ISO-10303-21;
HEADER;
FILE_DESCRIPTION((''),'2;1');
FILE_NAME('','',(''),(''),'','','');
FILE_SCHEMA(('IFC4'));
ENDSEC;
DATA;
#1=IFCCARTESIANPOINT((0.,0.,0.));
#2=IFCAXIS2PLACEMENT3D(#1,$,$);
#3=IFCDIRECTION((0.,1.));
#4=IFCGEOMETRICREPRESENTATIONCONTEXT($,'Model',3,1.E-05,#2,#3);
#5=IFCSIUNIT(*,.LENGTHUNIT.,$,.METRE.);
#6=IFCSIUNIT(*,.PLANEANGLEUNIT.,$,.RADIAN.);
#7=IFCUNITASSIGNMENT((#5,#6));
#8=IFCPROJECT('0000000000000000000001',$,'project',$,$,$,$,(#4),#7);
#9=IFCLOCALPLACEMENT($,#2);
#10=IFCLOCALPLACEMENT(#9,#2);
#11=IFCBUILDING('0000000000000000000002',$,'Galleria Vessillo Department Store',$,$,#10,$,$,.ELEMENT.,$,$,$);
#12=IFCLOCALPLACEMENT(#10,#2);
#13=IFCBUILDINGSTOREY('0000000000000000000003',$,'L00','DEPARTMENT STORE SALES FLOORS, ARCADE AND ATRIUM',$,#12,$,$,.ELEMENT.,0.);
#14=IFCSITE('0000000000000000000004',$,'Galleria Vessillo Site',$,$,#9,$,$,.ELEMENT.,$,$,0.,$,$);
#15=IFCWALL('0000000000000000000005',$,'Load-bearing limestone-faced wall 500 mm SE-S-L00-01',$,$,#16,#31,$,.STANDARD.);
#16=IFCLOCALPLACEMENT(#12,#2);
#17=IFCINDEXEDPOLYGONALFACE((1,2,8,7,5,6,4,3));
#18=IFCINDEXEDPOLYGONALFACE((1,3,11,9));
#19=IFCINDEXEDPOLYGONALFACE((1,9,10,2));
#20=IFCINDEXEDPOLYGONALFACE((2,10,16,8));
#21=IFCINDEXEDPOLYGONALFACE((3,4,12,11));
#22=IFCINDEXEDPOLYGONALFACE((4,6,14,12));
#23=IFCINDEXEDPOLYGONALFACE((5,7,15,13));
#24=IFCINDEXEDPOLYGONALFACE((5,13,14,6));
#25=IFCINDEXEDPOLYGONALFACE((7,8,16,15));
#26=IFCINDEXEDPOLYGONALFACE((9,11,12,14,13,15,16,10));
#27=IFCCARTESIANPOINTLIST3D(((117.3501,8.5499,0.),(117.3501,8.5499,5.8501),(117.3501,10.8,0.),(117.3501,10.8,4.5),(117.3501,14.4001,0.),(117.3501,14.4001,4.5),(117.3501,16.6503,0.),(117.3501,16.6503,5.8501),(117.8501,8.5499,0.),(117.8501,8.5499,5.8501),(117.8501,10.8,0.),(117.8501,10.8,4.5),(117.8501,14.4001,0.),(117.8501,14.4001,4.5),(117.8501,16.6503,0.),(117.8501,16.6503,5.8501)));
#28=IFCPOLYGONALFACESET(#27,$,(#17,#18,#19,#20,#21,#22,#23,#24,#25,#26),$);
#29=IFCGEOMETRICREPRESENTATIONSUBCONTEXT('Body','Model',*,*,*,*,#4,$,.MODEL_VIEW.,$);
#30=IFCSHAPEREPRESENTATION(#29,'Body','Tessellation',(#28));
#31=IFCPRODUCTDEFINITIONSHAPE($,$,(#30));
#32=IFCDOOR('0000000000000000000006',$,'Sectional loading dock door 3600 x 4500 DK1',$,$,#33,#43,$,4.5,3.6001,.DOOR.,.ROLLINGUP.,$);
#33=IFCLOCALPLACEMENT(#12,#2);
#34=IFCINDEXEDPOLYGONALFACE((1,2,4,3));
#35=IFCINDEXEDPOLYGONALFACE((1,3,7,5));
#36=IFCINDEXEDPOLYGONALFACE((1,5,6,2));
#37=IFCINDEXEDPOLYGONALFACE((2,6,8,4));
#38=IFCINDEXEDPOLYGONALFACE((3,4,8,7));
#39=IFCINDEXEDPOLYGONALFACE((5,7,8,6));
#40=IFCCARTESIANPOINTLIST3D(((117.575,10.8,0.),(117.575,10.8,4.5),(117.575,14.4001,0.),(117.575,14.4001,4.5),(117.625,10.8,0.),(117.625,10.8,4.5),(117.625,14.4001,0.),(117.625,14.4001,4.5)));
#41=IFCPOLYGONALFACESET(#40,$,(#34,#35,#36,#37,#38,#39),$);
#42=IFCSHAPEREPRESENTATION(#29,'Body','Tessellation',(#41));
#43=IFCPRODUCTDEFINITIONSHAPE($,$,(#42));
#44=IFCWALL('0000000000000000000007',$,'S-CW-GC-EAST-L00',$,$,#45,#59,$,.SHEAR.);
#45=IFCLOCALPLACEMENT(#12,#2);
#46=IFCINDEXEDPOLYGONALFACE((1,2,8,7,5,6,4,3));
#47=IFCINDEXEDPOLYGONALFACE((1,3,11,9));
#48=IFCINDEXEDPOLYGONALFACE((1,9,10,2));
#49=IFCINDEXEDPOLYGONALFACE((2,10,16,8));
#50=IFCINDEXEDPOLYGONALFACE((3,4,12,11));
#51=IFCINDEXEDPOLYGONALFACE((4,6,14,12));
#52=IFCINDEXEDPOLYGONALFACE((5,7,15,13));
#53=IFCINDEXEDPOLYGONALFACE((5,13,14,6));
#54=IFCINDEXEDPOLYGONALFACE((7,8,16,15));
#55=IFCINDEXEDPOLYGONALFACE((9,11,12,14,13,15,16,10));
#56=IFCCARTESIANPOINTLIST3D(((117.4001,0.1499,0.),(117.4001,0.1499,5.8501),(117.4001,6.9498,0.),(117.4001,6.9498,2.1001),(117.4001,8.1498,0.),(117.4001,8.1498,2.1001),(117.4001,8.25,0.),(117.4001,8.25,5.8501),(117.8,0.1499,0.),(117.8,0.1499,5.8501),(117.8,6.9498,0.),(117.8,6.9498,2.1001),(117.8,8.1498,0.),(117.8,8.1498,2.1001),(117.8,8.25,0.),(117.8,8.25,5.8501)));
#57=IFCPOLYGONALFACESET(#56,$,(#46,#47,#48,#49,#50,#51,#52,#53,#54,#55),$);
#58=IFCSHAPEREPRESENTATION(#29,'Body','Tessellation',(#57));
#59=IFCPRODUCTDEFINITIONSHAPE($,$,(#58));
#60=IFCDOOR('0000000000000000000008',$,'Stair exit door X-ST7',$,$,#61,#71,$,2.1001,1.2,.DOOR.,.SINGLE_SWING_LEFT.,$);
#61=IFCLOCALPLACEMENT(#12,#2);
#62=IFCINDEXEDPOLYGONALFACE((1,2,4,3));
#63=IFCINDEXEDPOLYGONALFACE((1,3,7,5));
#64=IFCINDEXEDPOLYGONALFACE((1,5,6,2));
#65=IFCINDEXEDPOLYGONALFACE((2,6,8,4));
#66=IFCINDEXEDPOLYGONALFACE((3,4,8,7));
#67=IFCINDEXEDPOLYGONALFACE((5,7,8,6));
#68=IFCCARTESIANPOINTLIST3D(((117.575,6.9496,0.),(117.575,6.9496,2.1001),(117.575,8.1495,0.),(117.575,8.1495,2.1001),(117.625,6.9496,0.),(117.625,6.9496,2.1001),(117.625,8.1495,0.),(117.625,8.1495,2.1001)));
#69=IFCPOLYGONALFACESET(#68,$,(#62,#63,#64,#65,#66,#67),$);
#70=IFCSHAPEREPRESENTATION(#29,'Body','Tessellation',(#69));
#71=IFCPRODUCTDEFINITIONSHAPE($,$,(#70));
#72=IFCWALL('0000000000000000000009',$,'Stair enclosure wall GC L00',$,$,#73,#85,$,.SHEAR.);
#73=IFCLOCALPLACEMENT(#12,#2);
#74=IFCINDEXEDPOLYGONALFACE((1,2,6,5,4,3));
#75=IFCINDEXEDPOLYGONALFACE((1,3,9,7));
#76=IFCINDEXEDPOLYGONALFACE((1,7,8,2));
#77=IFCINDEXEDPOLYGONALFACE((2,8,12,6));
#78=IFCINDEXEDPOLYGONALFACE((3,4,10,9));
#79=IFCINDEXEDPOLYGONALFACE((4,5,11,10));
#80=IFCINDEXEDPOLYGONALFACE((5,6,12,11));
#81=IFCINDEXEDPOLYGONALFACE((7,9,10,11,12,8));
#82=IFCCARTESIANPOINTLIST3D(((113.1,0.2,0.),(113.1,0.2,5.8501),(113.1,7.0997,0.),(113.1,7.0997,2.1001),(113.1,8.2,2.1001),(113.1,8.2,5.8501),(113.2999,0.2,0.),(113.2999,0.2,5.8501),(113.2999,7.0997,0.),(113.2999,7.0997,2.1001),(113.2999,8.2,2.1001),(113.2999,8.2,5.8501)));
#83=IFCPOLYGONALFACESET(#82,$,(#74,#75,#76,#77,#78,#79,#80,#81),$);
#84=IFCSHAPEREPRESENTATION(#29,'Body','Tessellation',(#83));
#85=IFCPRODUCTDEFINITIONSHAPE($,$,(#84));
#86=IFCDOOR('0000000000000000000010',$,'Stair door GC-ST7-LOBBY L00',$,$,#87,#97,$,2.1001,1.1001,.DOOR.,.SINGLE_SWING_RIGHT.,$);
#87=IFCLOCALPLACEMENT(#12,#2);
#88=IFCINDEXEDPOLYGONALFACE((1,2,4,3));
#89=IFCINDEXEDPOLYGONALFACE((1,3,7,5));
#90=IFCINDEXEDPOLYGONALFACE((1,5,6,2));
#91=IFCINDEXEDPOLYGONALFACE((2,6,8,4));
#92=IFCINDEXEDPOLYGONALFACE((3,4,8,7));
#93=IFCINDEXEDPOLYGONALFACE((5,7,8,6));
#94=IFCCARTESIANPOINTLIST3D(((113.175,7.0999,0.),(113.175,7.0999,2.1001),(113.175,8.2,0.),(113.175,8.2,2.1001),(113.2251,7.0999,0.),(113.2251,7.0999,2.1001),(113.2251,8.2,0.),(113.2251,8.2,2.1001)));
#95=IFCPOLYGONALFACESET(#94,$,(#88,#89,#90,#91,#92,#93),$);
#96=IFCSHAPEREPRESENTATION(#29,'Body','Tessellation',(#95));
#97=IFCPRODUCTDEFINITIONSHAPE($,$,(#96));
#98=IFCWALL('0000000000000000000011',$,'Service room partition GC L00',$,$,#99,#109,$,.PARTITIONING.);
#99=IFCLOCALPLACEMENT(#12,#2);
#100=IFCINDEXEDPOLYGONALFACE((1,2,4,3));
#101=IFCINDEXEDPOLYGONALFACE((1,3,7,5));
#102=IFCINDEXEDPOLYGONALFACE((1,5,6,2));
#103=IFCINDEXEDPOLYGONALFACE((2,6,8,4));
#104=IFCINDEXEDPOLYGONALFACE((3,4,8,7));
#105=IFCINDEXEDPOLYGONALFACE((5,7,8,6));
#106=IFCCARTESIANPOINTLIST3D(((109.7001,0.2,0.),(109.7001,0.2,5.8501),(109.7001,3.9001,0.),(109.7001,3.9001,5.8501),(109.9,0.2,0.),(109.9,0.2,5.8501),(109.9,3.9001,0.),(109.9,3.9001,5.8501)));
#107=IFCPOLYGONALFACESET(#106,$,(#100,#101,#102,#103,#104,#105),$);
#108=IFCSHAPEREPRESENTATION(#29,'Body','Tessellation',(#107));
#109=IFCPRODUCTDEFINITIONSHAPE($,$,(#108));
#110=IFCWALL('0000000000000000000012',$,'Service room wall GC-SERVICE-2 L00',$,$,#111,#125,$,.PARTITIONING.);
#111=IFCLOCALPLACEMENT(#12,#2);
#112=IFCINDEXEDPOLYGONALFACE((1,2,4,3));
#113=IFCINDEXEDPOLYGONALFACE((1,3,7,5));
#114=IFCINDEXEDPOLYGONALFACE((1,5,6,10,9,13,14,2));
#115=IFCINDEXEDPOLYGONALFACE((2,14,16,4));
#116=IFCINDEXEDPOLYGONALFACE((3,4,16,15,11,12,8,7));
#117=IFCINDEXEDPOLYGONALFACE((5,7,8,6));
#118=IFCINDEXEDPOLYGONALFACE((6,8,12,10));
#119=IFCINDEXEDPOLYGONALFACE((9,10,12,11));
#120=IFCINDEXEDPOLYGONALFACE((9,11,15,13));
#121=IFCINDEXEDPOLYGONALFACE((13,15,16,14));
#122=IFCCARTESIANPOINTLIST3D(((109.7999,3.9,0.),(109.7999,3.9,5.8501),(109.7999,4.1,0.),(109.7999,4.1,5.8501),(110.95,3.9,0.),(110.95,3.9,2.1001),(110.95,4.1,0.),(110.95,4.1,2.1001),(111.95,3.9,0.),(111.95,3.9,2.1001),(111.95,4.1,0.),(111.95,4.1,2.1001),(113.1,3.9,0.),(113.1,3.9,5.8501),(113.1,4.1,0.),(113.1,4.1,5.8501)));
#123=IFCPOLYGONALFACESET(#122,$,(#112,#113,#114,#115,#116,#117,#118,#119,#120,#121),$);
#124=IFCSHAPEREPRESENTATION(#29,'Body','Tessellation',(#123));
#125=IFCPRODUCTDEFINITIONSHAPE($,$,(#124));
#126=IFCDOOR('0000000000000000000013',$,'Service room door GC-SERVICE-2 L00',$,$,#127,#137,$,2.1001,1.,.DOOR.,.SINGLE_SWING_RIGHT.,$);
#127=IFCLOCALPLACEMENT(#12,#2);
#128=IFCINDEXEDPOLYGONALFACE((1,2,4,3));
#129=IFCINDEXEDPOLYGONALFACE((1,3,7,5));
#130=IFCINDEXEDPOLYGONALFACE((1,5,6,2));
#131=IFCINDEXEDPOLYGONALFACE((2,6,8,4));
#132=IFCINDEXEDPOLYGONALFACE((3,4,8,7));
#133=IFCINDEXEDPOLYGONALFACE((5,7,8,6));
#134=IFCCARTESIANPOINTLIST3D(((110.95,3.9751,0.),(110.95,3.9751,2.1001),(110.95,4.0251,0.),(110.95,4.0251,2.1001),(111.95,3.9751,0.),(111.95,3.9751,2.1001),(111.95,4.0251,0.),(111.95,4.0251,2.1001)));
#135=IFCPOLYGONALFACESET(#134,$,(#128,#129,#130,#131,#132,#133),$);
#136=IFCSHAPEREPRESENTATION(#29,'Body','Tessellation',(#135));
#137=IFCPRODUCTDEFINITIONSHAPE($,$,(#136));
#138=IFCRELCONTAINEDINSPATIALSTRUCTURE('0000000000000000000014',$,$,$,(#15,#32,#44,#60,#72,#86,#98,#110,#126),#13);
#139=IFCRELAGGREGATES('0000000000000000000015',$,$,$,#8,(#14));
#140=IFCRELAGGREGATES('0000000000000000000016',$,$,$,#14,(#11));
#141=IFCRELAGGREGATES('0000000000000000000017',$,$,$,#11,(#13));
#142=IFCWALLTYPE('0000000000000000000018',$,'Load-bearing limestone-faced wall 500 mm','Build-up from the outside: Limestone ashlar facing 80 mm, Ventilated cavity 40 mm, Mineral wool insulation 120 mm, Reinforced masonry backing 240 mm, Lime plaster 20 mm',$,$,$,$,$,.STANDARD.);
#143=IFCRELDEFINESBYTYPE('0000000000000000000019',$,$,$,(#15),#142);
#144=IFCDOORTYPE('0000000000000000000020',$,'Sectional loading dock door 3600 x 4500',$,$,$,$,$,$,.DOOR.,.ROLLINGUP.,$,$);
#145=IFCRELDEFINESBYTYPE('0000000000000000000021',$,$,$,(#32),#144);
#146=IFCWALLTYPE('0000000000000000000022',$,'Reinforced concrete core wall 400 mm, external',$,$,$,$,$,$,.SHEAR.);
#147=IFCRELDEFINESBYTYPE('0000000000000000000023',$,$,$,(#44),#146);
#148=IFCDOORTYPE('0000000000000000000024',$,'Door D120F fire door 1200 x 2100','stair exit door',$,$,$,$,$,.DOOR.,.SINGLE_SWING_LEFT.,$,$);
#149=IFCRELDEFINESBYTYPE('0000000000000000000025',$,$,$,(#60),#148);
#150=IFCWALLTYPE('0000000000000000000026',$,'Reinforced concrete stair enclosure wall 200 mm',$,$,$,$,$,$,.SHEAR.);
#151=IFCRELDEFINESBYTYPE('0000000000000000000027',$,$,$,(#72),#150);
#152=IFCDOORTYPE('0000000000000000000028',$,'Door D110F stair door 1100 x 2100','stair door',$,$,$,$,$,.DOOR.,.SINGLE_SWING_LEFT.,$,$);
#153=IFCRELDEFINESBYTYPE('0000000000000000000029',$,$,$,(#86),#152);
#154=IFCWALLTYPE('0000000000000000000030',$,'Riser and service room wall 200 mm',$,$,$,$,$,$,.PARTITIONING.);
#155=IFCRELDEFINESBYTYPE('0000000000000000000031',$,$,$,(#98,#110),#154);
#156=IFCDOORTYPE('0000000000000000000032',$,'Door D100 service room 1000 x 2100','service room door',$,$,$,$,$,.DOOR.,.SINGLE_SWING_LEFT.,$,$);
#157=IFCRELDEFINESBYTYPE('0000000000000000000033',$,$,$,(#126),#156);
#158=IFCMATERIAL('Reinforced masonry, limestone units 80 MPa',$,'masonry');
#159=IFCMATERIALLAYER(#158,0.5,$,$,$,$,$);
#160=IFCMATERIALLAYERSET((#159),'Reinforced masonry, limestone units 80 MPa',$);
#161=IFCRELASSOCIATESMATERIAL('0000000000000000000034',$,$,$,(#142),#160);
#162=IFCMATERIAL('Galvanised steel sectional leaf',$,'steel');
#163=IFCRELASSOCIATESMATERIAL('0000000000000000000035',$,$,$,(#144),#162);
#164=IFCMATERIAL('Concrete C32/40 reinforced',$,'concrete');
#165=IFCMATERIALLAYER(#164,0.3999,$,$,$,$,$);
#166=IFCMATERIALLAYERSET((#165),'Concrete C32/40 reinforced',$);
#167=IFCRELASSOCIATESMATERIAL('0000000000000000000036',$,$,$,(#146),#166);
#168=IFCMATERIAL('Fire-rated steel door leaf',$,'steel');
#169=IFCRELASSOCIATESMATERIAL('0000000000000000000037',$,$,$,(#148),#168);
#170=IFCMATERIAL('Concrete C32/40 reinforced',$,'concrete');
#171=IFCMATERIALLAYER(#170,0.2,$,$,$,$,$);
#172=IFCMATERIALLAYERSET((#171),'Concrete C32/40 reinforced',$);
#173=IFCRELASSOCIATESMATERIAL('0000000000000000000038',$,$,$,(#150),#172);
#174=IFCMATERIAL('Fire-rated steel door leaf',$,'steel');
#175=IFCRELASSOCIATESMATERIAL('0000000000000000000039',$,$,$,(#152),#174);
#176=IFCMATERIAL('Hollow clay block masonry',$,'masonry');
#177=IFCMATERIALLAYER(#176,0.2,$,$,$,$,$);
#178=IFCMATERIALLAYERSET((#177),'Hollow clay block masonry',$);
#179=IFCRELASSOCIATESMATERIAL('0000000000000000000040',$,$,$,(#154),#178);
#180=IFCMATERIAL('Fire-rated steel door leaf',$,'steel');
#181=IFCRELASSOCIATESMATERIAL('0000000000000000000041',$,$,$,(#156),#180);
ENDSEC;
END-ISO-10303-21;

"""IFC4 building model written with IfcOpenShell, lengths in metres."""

from ifc_helpers import new_model, si_unit, direction, frame, frame_2d, origin, place, context, subcontext, project, spatial, rectangle, extrude, material, layer, layer_set, type_object, element, fill, save


model = new_model("IFC4")

# Units and contexts
model_context = context("Model", 3, precision=1e-05, world=origin(), true_north=direction((0.0, 1.0)))
body_context = subcontext(model_context, "Body", "Model", "MODEL_VIEW")
ifc_project = project(units=[si_unit("LENGTHUNIT", "METRE"), si_unit("PLANEANGLEUNIT", "RADIAN")], contexts=[model_context])

# Site, building, storey
site_placement = place(None, origin())
site = spatial("IfcSite", under=ifc_project, at=site_placement, Name="Galleria Vessillo Site", CompositionType="ELEMENT", RefElevation=0.0)
building_placement = place(site_placement, origin())
building = spatial("IfcBuilding", under=site, at=building_placement, Name="Galleria Vessillo Department Store", CompositionType="ELEMENT")
storey_placement = place(building_placement, origin())
storey = spatial("IfcBuildingStorey", under=building, at=storey_placement, Name="L00", Description="DEPARTMENT STORE SALES FLOORS, ARCADE AND ATRIUM", CompositionType="ELEMENT", Elevation=0.0)

# Walls, openings, doors
ifc_material_1 = material(Name="Reinforced masonry, limestone units 80 MPa", Category="masonry")
ifc_layer_1 = layer(ifc_material_1, 0.5)
ifc_layer_set_1 = layer_set([ifc_layer_1], Name="Reinforced masonry, limestone units 80 MPa")
wall_type_1 = type_object("IfcWallType", Name="Load-bearing limestone-faced wall 500 mm", Description="Build-up from the outside: Limestone ashlar facing 80 mm, Ventilated cavity 40 mm, Mineral wool insulation 120 mm, Reinforced masonry backing 240 mm, Lime plaster 20 mm", PredefinedType="STANDARD", material=ifc_layer_set_1)
wall_1_placement = place(storey_placement, frame((117.6001, 8.5498, 0.0), z_axis=(0.0, 0.0, 1.0), x_axis=(0.0, 1.0, 0.0)))
wall_1 = element("IfcWall", 1, at=wall_1_placement, inside=storey, type_object=wall_type_1, Name="Load-bearing limestone-faced wall 500 mm SE-S-L00-01", PredefinedType="STANDARD", context=body_context, shape_type="SweptSolid", body=[
    extrude(rectangle(XDim=8.1003, YDim=0.5, at=frame_2d((4.0503, 0.0))), origin(), (0.0, 0.0, 1.0), 5.8501),
])
opening_1_placement = place(wall_1_placement, frame((2.2502, 0.0, 0.0)))
opening_1 = element("IfcOpeningElement", 2, at=opening_1_placement, cuts=wall_1, PredefinedType="OPENING", context=body_context, shape_type="SweptSolid", body=[
    extrude(rectangle(XDim=3.6001, YDim=4.5, at=frame_2d((1.8, 2.25))), frame((0.0, 0.26, 0.0), z_axis=(0.0, -1.0, 0.0), x_axis=(1.0, 0.0, 0.0)), (0.0, 0.0, 1.0), 0.52),
])
ifc_material_2 = material(Name="Galvanised steel sectional leaf", Category="steel")
door_type_1 = type_object("IfcDoorType", Name="Sectional loading dock door 3600 x 4500", OperationType="ROLLINGUP", PredefinedType="DOOR", material=ifc_material_2)
door_1_placement = place(opening_1_placement, frame((3.6001, 0.0, 0.0), z_axis=(0.0, 0.0, 1.0), x_axis=(-1.0, 0.0, 0.0)))
door_1 = element("IfcDoor", 3, at=door_1_placement, inside=storey, type_object=door_type_1, Name="Sectional loading dock door 3600 x 4500 DK1", OperationType="ROLLINGUP", OverallHeight=4.5, OverallWidth=3.6001, PredefinedType="DOOR", context=body_context, shape_type="SweptSolid", body=[
    extrude(rectangle(XDim=3.6001, YDim=4.5, at=frame_2d((1.8, 2.25))), frame((0.0, 0.0249, 0.0), z_axis=(0.0, -1.0, 0.0), x_axis=(1.0, 0.0, 0.0)), (0.0, 0.0, 1.0), 0.05),
])
fill(opening_1, door_1)
ifc_material_3 = material(Name="Concrete C32/40 reinforced", Category="concrete")
ifc_layer_2 = layer(ifc_material_3, 0.3999)
ifc_layer_set_2 = layer_set([ifc_layer_2], Name="Concrete C32/40 reinforced")
wall_type_2 = type_object("IfcWallType", Name="Reinforced concrete core wall 400 mm, external", PredefinedType="SHEAR", material=ifc_layer_set_2)
wall_2_placement = place(storey_placement, frame((117.6001, 0.1499, 0.0), z_axis=(0.0, 0.0, 1.0), x_axis=(0.0, 1.0, 0.0)))
wall_2 = element("IfcWall", 4, at=wall_2_placement, inside=storey, type_object=wall_type_2, Name="S-CW-GC-EAST-L00", PredefinedType="SHEAR", context=body_context, shape_type="SweptSolid", body=[
    extrude(rectangle(XDim=8.1001, YDim=0.3999, at=frame_2d((4.05, 0.0))), origin(), (0.0, 0.0, 1.0), 5.8501),
])
opening_2_placement = place(wall_2_placement, frame((6.7998, 0.0, 0.0)))
opening_2 = element("IfcOpeningElement", 5, at=opening_2_placement, cuts=wall_2, PredefinedType="OPENING", context=body_context, shape_type="SweptSolid", body=[
    extrude(rectangle(XDim=1.2, YDim=2.1001, at=frame_2d((0.6001, 1.05))), frame((0.0, 0.21, 0.0), z_axis=(0.0, -1.0, 0.0), x_axis=(1.0, 0.0, 0.0)), (0.0, 0.0, 1.0), 0.4199),
])
ifc_material_4 = material(Name="Fire-rated steel door leaf", Category="steel")
door_type_2 = type_object("IfcDoorType", Name="Door D120F fire door 1200 x 2100", Description="stair exit door", OperationType="SINGLE_SWING_LEFT", PredefinedType="DOOR", material=ifc_material_4)
door_2_placement = place(opening_2_placement, frame((1.2, 0.0, 0.0), z_axis=(0.0, 0.0, 1.0), x_axis=(-1.0, 0.0, 0.0)))
door_2 = element("IfcDoor", 6, at=door_2_placement, inside=storey, type_object=door_type_2, Name="Stair exit door X-ST7", OperationType="SINGLE_SWING_LEFT", OverallHeight=2.1001, OverallWidth=1.2, PredefinedType="DOOR", context=body_context, shape_type="SweptSolid", body=[
    extrude(rectangle(XDim=1.2, YDim=2.1001, at=frame_2d((0.6001, 1.05))), frame((0.0, 0.0249, 0.0), z_axis=(0.0, -1.0, 0.0), x_axis=(1.0, 0.0, 0.0)), (0.0, 0.0, 1.0), 0.05),
])
fill(opening_2, door_2)
ifc_material_5 = material(Name="Concrete C32/40 reinforced", Category="concrete")
ifc_layer_3 = layer(ifc_material_5, 0.2)
ifc_layer_set_3 = layer_set([ifc_layer_3], Name="Concrete C32/40 reinforced")
wall_type_3 = type_object("IfcWallType", Name="Reinforced concrete stair enclosure wall 200 mm", PredefinedType="SHEAR", material=ifc_layer_set_3)
wall_3_placement = place(storey_placement, frame((113.2, 0.2, 0.0), z_axis=(0.0, 0.0, 1.0), x_axis=(0.0, 1.0, 0.0)))
wall_3 = element("IfcWall", 7, at=wall_3_placement, inside=storey, type_object=wall_type_3, Name="Stair enclosure wall GC L00", PredefinedType="SHEAR", context=body_context, shape_type="SweptSolid", body=[
    extrude(rectangle(XDim=8.0, YDim=0.2, at=frame_2d((4.0, 0.0))), origin(), (0.0, 0.0, 1.0), 5.8501),
])
opening_3_placement = place(wall_3_placement, frame((6.8999, 0.0, 0.0)))
opening_3 = element("IfcOpeningElement", 8, at=opening_3_placement, cuts=wall_3, PredefinedType="OPENING", context=body_context, shape_type="SweptSolid", body=[
    extrude(rectangle(XDim=1.1101, YDim=2.1001, at=frame_2d((0.5549, 1.05))), frame((0.0, 0.1099, 0.0), z_axis=(0.0, -1.0, 0.0), x_axis=(1.0, 0.0, 0.0)), (0.0, 0.0, 1.0), 0.22),
])
ifc_material_6 = material(Name="Fire-rated steel door leaf", Category="steel")
door_type_3 = type_object("IfcDoorType", Name="Door D110F stair door 1100 x 2100", Description="stair door", OperationType="SINGLE_SWING_LEFT", PredefinedType="DOOR", material=ifc_material_6)
door_3_placement = place(opening_3_placement, origin())
door_3 = element("IfcDoor", 9, at=door_3_placement, inside=storey, type_object=door_type_3, Name="Stair door GC-ST7-LOBBY L00", OperationType="SINGLE_SWING_RIGHT", OverallHeight=2.1001, OverallWidth=1.1001, PredefinedType="DOOR", context=body_context, shape_type="SweptSolid", body=[
    extrude(rectangle(XDim=1.1001, YDim=2.1001, at=frame_2d((0.55, 1.05))), frame((0.0, 0.0249, 0.0), z_axis=(0.0, -1.0, 0.0), x_axis=(1.0, 0.0, 0.0)), (0.0, 0.0, 1.0), 0.05),
])
fill(opening_3, door_3)

# Wall
ifc_material_7 = material(Name="Hollow clay block masonry", Category="masonry")
ifc_layer_4 = layer(ifc_material_7, 0.2)
ifc_layer_set_4 = layer_set([ifc_layer_4], Name="Hollow clay block masonry")
wall_type_4 = type_object("IfcWallType", Name="Riser and service room wall 200 mm", PredefinedType="PARTITIONING", material=ifc_layer_set_4)
wall_4_placement = place(storey_placement, frame((109.8, 0.2, 0.0), z_axis=(0.0, 0.0, 1.0), x_axis=(0.0, 1.0, 0.0)))
element("IfcWall", 10, at=wall_4_placement, inside=storey, type_object=wall_type_4, Name="Service room partition GC L00", PredefinedType="PARTITIONING", context=body_context, shape_type="SweptSolid", body=[
    extrude(rectangle(XDim=3.7002, YDim=0.2, at=frame_2d((1.8501, 0.0))), origin(), (0.0, 0.0, 1.0), 5.8501),
])

# Wall, opening, door
wall_5_placement = place(storey_placement, frame((109.8, 4.0, 0.0), z_axis=(0.0, 0.0, 1.0), x_axis=(1.0, 0.0, 0.0)))
wall_5 = element("IfcWall", 11, at=wall_5_placement, inside=storey, type_object=wall_type_4, Name="Service room wall GC-SERVICE-2 L00", PredefinedType="PARTITIONING", context=body_context, shape_type="SweptSolid", body=[
    extrude(rectangle(XDim=3.3, YDim=0.2, at=frame_2d((1.6499, 0.0))), origin(), (0.0, 0.0, 1.0), 5.8501),
])
opening_4_placement = place(wall_5_placement, frame((1.1499, 0.0, 0.0)))
opening_4 = element("IfcOpeningElement", 12, at=opening_4_placement, cuts=wall_5, PredefinedType="OPENING", context=body_context, shape_type="SweptSolid", body=[
    extrude(rectangle(XDim=1.0, YDim=2.1001, at=frame_2d((0.5, 1.05))), frame((0.0, 0.1099, 0.0), z_axis=(0.0, -1.0, 0.0), x_axis=(1.0, 0.0, 0.0)), (0.0, 0.0, 1.0), 0.22),
])
ifc_material_8 = material(Name="Fire-rated steel door leaf", Category="steel")
door_type_4 = type_object("IfcDoorType", Name="Door D100 service room 1000 x 2100", Description="service room door", OperationType="SINGLE_SWING_LEFT", PredefinedType="DOOR", material=ifc_material_8)
door_4_placement = place(opening_4_placement, frame((1.0, 0.0, 0.0), z_axis=(0.0, 0.0, 1.0), x_axis=(-1.0, 0.0, 0.0)))
door_4 = element("IfcDoor", 13, at=door_4_placement, inside=storey, type_object=door_type_4, Name="Service room door GC-SERVICE-2 L00", OperationType="SINGLE_SWING_RIGHT", OverallHeight=2.1001, OverallWidth=1.0, PredefinedType="DOOR", context=body_context, shape_type="SweptSolid", body=[
    extrude(rectangle(XDim=1.0, YDim=2.1001, at=frame_2d((0.5, 1.05))), frame((0.0, 0.0249, 0.0), z_axis=(0.0, -1.0, 0.0), x_axis=(1.0, 0.0, 0.0)), (0.0, 0.0, 1.0), 0.05),
])
fill(opening_4, door_4)

save(model, "model.ifc")
